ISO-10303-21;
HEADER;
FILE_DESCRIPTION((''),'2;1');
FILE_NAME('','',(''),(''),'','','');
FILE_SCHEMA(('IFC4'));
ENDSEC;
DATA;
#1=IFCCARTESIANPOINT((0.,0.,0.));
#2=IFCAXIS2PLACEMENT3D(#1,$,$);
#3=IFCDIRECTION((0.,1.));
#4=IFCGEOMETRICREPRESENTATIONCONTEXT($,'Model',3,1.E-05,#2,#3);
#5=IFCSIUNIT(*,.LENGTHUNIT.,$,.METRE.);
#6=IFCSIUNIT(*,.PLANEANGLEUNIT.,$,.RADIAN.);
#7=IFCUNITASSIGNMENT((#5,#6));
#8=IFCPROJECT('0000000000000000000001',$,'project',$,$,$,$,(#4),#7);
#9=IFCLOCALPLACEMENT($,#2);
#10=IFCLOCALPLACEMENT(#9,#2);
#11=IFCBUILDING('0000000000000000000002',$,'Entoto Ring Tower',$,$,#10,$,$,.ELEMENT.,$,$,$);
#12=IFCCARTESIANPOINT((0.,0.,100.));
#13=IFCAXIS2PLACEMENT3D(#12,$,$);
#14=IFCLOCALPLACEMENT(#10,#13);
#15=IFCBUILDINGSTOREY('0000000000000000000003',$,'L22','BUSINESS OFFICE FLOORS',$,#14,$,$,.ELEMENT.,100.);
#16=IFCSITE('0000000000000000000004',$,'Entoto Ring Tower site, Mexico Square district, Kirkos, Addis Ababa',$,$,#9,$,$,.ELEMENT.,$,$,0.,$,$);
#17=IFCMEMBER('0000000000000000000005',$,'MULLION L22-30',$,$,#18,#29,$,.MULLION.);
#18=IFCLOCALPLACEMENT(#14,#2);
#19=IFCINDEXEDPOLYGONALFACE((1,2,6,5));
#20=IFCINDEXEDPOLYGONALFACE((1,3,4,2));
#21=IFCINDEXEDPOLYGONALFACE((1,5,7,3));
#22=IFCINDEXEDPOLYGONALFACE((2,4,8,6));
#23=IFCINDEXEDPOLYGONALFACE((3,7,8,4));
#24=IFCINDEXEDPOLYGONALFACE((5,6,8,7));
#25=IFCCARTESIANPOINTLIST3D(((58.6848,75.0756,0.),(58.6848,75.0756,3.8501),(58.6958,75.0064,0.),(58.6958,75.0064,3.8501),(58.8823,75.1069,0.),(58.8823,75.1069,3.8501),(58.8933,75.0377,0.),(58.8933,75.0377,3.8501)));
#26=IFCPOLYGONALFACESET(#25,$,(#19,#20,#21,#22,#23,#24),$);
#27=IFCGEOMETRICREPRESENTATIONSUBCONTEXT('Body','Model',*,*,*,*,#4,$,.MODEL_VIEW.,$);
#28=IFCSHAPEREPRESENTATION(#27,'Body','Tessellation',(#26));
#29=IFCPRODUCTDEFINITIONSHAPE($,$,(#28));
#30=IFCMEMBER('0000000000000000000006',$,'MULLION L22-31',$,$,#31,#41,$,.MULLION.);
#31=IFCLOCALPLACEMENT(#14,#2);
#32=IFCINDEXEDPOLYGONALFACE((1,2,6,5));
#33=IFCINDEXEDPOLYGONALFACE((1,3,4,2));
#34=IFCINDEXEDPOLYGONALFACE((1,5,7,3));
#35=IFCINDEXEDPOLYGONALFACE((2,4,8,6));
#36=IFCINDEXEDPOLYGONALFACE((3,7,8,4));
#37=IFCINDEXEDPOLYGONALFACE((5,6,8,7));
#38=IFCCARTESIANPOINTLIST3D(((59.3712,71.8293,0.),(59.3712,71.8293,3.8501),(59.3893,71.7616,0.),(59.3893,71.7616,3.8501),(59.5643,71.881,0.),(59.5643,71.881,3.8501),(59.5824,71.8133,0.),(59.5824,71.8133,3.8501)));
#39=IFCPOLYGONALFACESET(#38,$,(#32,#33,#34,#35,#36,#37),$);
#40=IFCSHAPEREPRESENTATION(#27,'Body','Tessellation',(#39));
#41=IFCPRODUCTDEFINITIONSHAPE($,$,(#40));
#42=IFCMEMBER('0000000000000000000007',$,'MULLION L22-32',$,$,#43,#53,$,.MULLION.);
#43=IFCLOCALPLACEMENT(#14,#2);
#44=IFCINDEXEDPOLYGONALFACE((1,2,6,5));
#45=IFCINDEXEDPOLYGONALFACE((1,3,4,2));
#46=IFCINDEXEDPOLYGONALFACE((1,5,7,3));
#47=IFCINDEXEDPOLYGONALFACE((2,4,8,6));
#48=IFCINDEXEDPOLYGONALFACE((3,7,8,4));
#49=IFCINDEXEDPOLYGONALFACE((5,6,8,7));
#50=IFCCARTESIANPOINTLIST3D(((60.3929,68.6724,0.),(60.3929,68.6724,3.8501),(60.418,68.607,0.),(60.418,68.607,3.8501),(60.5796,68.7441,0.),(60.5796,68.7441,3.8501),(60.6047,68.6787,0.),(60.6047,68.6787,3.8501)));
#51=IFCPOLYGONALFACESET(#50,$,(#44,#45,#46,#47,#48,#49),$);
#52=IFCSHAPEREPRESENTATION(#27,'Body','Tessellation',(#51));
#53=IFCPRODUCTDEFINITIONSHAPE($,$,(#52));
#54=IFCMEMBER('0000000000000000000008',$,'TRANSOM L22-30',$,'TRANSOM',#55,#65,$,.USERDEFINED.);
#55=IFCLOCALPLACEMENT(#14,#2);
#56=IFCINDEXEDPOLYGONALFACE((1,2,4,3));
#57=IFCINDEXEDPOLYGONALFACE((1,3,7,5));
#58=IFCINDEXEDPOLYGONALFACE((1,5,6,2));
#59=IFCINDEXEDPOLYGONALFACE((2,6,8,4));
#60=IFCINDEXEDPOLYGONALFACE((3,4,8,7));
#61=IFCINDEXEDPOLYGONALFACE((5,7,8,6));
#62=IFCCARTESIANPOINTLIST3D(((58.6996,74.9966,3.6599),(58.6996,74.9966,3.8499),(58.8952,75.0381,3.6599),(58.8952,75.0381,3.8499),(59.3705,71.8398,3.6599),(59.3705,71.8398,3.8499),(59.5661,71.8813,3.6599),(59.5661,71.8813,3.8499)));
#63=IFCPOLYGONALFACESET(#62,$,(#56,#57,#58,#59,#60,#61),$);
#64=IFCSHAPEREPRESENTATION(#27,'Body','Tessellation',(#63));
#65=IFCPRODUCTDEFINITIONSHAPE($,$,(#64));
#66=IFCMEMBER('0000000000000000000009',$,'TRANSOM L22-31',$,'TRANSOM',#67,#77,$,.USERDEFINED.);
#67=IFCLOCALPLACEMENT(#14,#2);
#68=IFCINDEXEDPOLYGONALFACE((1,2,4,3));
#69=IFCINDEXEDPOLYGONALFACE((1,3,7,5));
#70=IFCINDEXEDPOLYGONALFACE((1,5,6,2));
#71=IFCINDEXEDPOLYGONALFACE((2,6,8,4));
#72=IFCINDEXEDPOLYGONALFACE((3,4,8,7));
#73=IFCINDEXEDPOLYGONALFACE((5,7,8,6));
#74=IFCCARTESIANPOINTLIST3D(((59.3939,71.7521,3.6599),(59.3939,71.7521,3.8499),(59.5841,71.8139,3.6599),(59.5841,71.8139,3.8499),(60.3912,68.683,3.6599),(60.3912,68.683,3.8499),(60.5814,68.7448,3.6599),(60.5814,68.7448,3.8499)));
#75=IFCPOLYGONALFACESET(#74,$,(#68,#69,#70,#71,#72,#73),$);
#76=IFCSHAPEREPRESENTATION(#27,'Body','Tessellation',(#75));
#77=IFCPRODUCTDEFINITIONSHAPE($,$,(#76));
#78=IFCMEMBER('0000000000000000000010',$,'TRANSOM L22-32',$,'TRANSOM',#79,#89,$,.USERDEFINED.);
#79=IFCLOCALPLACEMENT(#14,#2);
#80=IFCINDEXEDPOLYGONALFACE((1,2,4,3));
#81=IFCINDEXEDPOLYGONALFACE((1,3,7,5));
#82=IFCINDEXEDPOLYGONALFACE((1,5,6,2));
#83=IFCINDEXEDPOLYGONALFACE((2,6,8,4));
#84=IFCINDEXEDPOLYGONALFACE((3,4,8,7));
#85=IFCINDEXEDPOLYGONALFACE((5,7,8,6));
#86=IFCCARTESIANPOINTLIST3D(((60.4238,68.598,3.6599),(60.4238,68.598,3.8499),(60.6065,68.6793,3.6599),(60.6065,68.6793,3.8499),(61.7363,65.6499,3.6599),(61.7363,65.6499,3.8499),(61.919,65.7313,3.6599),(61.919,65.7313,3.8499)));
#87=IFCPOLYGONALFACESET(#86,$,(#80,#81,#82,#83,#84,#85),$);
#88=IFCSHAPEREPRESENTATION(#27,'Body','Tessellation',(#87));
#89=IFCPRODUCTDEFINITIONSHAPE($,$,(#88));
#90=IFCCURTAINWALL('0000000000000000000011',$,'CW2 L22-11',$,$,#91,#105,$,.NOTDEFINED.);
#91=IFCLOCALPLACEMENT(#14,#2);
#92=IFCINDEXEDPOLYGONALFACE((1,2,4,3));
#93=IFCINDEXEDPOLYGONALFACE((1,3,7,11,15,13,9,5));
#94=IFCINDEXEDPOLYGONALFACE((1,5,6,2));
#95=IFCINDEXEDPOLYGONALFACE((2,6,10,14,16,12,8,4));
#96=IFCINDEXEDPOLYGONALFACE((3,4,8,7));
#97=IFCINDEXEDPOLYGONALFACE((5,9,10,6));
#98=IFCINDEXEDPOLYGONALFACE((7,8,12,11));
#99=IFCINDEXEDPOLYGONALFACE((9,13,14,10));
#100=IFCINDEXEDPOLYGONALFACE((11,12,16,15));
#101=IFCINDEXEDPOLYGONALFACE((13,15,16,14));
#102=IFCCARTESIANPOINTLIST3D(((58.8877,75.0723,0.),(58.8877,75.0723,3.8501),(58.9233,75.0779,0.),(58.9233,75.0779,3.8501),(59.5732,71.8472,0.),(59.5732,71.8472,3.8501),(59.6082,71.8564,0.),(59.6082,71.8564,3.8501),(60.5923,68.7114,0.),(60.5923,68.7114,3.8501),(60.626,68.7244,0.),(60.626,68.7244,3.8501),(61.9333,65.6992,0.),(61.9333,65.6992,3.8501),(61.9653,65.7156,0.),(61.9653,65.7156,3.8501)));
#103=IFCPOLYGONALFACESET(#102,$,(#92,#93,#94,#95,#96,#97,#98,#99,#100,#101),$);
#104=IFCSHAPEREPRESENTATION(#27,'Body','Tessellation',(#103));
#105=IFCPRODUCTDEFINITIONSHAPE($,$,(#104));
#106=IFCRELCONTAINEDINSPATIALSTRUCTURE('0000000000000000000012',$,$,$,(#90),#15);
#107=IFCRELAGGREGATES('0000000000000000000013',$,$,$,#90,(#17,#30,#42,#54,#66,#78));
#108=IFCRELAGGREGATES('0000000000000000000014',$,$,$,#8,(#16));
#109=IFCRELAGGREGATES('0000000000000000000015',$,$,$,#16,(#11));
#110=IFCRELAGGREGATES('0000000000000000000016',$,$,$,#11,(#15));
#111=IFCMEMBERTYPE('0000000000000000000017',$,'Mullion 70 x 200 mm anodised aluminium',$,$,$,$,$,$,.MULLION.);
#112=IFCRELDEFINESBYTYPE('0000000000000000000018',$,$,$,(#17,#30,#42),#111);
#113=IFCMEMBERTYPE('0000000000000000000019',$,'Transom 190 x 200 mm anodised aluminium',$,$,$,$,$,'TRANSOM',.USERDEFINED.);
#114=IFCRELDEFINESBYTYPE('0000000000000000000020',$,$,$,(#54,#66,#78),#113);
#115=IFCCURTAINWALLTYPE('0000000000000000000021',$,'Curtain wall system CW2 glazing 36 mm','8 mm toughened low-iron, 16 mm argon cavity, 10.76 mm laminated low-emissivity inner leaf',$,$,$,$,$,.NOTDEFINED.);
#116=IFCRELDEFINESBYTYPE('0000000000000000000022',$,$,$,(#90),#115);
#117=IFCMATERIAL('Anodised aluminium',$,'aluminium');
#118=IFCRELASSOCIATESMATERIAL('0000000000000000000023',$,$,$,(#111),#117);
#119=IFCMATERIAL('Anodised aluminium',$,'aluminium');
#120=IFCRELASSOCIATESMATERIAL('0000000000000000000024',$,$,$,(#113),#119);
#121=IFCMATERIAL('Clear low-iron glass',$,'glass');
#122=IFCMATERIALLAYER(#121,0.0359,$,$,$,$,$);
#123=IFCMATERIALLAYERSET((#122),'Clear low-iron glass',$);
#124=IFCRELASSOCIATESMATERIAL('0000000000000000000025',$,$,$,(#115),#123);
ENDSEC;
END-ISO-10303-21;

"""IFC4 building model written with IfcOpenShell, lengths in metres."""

from ifc_helpers import new_model, si_unit, direction, frame, origin, origin_2d, place, context, subcontext, project, spatial, polyline, rectangle, outline, extrude, material, layer, layer_set, material_profile, profile_set, type_object, element, aggregate, save


model = new_model("IFC4")

# Units and contexts
model_context = context("Model", 3, precision=1e-05, world=origin(), true_north=direction((0.0, 1.0)))
body_context = subcontext(model_context, "Body", "Model", "MODEL_VIEW")
ifc_project = project(units=[si_unit("LENGTHUNIT", "METRE"), si_unit("PLANEANGLEUNIT", "RADIAN")], contexts=[model_context])

# Members
ifc_material_1 = material(Name="Anodised aluminium", Category="aluminium")
ifc_material_profile_1 = material_profile(ifc_material_1, rectangle(XDim=0.0701, YDim=0.2, at=origin_2d()), Name="Mullion 70 x 200 mm anodised aluminium")
ifc_profile_set_1 = profile_set([ifc_material_profile_1], Name="Anodised aluminium")
member_type_1 = type_object("IfcMemberType", Name="Mullion 70 x 200 mm anodised aluminium", PredefinedType="MULLION", material=ifc_profile_set_1)
site_placement = place(None, origin())
building_placement = place(site_placement, origin())
storey_placement = place(building_placement, frame((0.0, 0.0, 100.0)))
member_1_placement = place(storey_placement, frame((58.7891, 75.0566, 0.0), z_axis=(0.0, 0.0, 1.0), x_axis=(0.156434, -0.987688, 0.0)))
member_1 = element("IfcMember", 1, at=member_1_placement, type_object=member_type_1, Name="MULLION L22-30", PredefinedType="MULLION", context=body_context, shape_type="SweptSolid", body=[
    extrude(rectangle(XDim=0.0701, YDim=0.2, at=origin_2d()), origin(), (0.0, 0.0, 1.0), 3.8501),
])
member_2_placement = place(storey_placement, frame((59.4768, 71.8213, 0.0), z_axis=(0.0, 0.0, 1.0), x_axis=(0.258819, -0.965926, 0.0)))
member_2 = element("IfcMember", 2, at=member_2_placement, type_object=member_type_1, Name="MULLION L22-31", PredefinedType="MULLION", context=body_context, shape_type="SweptSolid", body=[
    extrude(rectangle(XDim=0.0701, YDim=0.2, at=origin_2d()), origin(), (0.0, 0.0, 1.0), 3.8501),
])
member_3_placement = place(storey_placement, frame((60.4988, 68.6755, 0.0), z_axis=(0.0, 0.0, 1.0), x_axis=(0.358368, -0.93358, 0.0)))
member_3 = element("IfcMember", 3, at=member_3_placement, type_object=member_type_1, Name="MULLION L22-32", PredefinedType="MULLION", context=body_context, shape_type="SweptSolid", body=[
    extrude(rectangle(XDim=0.0701, YDim=0.2, at=origin_2d()), origin(), (0.0, 0.0, 1.0), 3.8501),
])
ifc_material_2 = material(Name="Anodised aluminium", Category="aluminium")
ifc_material_profile_2 = material_profile(ifc_material_2, rectangle(XDim=0.2, YDim=0.1899, at=origin_2d()), Name="Transom 190 x 200 mm anodised aluminium")
ifc_profile_set_2 = profile_set([ifc_material_profile_2], Name="Anodised aluminium")
member_type_2 = type_object("IfcMemberType", Name="Transom 190 x 200 mm anodised aluminium", ElementType="TRANSOM", PredefinedType="USERDEFINED", material=ifc_profile_set_2)
member_4_placement = place(storey_placement, frame((58.7974, 75.0173, 3.7549), z_axis=(0.207886, -0.978153, 0.0), x_axis=(0.978153, 0.207886, 0.0)))
member_4 = element("IfcMember", 4, at=member_4_placement, type_object=member_type_2, Name="TRANSOM L22-30", ObjectType="TRANSOM", PredefinedType="USERDEFINED", context=body_context, shape_type="SweptSolid", body=[
    extrude(rectangle(XDim=0.2, YDim=0.1899, at=origin_2d()), origin(), (0.0, 0.0, 1.0), 3.2273),
])
member_5_placement = place(storey_placement, frame((59.489, 71.783, 3.7549), z_axis=(0.309047, -0.951047, 0.0), x_axis=(0.951047, 0.309047, 0.0)))
member_5 = element("IfcMember", 5, at=member_5_placement, type_object=member_type_2, Name="TRANSOM L22-31", ObjectType="TRANSOM", PredefinedType="USERDEFINED", context=body_context, shape_type="SweptSolid", body=[
    extrude(rectangle(XDim=0.2, YDim=0.1899, at=origin_2d()), origin(), (0.0, 0.0, 1.0), 3.2271),
])
member_6_placement = place(storey_placement, frame((60.5151, 68.6387, 3.7549), z_axis=(0.406728, -0.913549, 0.0), x_axis=(0.913549, 0.406728, 0.0)))
member_6 = element("IfcMember", 6, at=member_6_placement, type_object=member_type_2, Name="TRANSOM L22-32", ObjectType="TRANSOM", PredefinedType="USERDEFINED", context=body_context, shape_type="SweptSolid", body=[
    extrude(rectangle(XDim=0.2, YDim=0.1899, at=origin_2d()), origin(), (0.0, 0.0, 1.0), 3.2271),
])

# Site, building, storey
site = spatial("IfcSite", under=ifc_project, at=site_placement, Name="Entoto Ring Tower site, Mexico Square district, Kirkos, Addis Ababa", CompositionType="ELEMENT", RefElevation=0.0)
building = spatial("IfcBuilding", under=site, at=building_placement, Name="Entoto Ring Tower", CompositionType="ELEMENT")
storey = spatial("IfcBuildingStorey", under=building, at=storey_placement, Name="L22", Description="BUSINESS OFFICE FLOORS", CompositionType="ELEMENT", Elevation=100.0)

# Curtain wall
ifc_material_3 = material(Name="Clear low-iron glass", Category="glass")
ifc_layer = layer(ifc_material_3, 0.0359)
ifc_layer_set = layer_set([ifc_layer], Name="Clear low-iron glass")
curtain_wall_type = type_object("IfcCurtainWallType", Name="Curtain wall system CW2 glazing 36 mm", Description="8 mm toughened low-iron, 16 mm argon cavity, 10.76 mm laminated low-emissivity inner leaf", PredefinedType="NOTDEFINED", material=ifc_layer_set)
curtain_wall_1_placement = place(storey_placement, origin())
curtain_wall_1 = element("IfcCurtainWall", 7, at=curtain_wall_1_placement, inside=storey, type_object=curtain_wall_type, Name="CW2 L22-11", PredefinedType="NOTDEFINED", context=body_context, shape_type="SweptSolid", body=[
    extrude(outline(polyline([(58.8877, 75.0723), (59.5732, 71.8472), (60.5923, 68.7114), (61.9333, 65.6992), (61.9653, 65.7156), (60.626, 68.7244), (59.6082, 71.8564), (58.9233, 75.0779), (58.8877, 75.0723)])), origin(), (0.0, 0.0, 1.0), 3.8501),
])
aggregate(curtain_wall_1, [member_1, member_2, member_3, member_4, member_5, member_6])

save(model, "model.ifc")
